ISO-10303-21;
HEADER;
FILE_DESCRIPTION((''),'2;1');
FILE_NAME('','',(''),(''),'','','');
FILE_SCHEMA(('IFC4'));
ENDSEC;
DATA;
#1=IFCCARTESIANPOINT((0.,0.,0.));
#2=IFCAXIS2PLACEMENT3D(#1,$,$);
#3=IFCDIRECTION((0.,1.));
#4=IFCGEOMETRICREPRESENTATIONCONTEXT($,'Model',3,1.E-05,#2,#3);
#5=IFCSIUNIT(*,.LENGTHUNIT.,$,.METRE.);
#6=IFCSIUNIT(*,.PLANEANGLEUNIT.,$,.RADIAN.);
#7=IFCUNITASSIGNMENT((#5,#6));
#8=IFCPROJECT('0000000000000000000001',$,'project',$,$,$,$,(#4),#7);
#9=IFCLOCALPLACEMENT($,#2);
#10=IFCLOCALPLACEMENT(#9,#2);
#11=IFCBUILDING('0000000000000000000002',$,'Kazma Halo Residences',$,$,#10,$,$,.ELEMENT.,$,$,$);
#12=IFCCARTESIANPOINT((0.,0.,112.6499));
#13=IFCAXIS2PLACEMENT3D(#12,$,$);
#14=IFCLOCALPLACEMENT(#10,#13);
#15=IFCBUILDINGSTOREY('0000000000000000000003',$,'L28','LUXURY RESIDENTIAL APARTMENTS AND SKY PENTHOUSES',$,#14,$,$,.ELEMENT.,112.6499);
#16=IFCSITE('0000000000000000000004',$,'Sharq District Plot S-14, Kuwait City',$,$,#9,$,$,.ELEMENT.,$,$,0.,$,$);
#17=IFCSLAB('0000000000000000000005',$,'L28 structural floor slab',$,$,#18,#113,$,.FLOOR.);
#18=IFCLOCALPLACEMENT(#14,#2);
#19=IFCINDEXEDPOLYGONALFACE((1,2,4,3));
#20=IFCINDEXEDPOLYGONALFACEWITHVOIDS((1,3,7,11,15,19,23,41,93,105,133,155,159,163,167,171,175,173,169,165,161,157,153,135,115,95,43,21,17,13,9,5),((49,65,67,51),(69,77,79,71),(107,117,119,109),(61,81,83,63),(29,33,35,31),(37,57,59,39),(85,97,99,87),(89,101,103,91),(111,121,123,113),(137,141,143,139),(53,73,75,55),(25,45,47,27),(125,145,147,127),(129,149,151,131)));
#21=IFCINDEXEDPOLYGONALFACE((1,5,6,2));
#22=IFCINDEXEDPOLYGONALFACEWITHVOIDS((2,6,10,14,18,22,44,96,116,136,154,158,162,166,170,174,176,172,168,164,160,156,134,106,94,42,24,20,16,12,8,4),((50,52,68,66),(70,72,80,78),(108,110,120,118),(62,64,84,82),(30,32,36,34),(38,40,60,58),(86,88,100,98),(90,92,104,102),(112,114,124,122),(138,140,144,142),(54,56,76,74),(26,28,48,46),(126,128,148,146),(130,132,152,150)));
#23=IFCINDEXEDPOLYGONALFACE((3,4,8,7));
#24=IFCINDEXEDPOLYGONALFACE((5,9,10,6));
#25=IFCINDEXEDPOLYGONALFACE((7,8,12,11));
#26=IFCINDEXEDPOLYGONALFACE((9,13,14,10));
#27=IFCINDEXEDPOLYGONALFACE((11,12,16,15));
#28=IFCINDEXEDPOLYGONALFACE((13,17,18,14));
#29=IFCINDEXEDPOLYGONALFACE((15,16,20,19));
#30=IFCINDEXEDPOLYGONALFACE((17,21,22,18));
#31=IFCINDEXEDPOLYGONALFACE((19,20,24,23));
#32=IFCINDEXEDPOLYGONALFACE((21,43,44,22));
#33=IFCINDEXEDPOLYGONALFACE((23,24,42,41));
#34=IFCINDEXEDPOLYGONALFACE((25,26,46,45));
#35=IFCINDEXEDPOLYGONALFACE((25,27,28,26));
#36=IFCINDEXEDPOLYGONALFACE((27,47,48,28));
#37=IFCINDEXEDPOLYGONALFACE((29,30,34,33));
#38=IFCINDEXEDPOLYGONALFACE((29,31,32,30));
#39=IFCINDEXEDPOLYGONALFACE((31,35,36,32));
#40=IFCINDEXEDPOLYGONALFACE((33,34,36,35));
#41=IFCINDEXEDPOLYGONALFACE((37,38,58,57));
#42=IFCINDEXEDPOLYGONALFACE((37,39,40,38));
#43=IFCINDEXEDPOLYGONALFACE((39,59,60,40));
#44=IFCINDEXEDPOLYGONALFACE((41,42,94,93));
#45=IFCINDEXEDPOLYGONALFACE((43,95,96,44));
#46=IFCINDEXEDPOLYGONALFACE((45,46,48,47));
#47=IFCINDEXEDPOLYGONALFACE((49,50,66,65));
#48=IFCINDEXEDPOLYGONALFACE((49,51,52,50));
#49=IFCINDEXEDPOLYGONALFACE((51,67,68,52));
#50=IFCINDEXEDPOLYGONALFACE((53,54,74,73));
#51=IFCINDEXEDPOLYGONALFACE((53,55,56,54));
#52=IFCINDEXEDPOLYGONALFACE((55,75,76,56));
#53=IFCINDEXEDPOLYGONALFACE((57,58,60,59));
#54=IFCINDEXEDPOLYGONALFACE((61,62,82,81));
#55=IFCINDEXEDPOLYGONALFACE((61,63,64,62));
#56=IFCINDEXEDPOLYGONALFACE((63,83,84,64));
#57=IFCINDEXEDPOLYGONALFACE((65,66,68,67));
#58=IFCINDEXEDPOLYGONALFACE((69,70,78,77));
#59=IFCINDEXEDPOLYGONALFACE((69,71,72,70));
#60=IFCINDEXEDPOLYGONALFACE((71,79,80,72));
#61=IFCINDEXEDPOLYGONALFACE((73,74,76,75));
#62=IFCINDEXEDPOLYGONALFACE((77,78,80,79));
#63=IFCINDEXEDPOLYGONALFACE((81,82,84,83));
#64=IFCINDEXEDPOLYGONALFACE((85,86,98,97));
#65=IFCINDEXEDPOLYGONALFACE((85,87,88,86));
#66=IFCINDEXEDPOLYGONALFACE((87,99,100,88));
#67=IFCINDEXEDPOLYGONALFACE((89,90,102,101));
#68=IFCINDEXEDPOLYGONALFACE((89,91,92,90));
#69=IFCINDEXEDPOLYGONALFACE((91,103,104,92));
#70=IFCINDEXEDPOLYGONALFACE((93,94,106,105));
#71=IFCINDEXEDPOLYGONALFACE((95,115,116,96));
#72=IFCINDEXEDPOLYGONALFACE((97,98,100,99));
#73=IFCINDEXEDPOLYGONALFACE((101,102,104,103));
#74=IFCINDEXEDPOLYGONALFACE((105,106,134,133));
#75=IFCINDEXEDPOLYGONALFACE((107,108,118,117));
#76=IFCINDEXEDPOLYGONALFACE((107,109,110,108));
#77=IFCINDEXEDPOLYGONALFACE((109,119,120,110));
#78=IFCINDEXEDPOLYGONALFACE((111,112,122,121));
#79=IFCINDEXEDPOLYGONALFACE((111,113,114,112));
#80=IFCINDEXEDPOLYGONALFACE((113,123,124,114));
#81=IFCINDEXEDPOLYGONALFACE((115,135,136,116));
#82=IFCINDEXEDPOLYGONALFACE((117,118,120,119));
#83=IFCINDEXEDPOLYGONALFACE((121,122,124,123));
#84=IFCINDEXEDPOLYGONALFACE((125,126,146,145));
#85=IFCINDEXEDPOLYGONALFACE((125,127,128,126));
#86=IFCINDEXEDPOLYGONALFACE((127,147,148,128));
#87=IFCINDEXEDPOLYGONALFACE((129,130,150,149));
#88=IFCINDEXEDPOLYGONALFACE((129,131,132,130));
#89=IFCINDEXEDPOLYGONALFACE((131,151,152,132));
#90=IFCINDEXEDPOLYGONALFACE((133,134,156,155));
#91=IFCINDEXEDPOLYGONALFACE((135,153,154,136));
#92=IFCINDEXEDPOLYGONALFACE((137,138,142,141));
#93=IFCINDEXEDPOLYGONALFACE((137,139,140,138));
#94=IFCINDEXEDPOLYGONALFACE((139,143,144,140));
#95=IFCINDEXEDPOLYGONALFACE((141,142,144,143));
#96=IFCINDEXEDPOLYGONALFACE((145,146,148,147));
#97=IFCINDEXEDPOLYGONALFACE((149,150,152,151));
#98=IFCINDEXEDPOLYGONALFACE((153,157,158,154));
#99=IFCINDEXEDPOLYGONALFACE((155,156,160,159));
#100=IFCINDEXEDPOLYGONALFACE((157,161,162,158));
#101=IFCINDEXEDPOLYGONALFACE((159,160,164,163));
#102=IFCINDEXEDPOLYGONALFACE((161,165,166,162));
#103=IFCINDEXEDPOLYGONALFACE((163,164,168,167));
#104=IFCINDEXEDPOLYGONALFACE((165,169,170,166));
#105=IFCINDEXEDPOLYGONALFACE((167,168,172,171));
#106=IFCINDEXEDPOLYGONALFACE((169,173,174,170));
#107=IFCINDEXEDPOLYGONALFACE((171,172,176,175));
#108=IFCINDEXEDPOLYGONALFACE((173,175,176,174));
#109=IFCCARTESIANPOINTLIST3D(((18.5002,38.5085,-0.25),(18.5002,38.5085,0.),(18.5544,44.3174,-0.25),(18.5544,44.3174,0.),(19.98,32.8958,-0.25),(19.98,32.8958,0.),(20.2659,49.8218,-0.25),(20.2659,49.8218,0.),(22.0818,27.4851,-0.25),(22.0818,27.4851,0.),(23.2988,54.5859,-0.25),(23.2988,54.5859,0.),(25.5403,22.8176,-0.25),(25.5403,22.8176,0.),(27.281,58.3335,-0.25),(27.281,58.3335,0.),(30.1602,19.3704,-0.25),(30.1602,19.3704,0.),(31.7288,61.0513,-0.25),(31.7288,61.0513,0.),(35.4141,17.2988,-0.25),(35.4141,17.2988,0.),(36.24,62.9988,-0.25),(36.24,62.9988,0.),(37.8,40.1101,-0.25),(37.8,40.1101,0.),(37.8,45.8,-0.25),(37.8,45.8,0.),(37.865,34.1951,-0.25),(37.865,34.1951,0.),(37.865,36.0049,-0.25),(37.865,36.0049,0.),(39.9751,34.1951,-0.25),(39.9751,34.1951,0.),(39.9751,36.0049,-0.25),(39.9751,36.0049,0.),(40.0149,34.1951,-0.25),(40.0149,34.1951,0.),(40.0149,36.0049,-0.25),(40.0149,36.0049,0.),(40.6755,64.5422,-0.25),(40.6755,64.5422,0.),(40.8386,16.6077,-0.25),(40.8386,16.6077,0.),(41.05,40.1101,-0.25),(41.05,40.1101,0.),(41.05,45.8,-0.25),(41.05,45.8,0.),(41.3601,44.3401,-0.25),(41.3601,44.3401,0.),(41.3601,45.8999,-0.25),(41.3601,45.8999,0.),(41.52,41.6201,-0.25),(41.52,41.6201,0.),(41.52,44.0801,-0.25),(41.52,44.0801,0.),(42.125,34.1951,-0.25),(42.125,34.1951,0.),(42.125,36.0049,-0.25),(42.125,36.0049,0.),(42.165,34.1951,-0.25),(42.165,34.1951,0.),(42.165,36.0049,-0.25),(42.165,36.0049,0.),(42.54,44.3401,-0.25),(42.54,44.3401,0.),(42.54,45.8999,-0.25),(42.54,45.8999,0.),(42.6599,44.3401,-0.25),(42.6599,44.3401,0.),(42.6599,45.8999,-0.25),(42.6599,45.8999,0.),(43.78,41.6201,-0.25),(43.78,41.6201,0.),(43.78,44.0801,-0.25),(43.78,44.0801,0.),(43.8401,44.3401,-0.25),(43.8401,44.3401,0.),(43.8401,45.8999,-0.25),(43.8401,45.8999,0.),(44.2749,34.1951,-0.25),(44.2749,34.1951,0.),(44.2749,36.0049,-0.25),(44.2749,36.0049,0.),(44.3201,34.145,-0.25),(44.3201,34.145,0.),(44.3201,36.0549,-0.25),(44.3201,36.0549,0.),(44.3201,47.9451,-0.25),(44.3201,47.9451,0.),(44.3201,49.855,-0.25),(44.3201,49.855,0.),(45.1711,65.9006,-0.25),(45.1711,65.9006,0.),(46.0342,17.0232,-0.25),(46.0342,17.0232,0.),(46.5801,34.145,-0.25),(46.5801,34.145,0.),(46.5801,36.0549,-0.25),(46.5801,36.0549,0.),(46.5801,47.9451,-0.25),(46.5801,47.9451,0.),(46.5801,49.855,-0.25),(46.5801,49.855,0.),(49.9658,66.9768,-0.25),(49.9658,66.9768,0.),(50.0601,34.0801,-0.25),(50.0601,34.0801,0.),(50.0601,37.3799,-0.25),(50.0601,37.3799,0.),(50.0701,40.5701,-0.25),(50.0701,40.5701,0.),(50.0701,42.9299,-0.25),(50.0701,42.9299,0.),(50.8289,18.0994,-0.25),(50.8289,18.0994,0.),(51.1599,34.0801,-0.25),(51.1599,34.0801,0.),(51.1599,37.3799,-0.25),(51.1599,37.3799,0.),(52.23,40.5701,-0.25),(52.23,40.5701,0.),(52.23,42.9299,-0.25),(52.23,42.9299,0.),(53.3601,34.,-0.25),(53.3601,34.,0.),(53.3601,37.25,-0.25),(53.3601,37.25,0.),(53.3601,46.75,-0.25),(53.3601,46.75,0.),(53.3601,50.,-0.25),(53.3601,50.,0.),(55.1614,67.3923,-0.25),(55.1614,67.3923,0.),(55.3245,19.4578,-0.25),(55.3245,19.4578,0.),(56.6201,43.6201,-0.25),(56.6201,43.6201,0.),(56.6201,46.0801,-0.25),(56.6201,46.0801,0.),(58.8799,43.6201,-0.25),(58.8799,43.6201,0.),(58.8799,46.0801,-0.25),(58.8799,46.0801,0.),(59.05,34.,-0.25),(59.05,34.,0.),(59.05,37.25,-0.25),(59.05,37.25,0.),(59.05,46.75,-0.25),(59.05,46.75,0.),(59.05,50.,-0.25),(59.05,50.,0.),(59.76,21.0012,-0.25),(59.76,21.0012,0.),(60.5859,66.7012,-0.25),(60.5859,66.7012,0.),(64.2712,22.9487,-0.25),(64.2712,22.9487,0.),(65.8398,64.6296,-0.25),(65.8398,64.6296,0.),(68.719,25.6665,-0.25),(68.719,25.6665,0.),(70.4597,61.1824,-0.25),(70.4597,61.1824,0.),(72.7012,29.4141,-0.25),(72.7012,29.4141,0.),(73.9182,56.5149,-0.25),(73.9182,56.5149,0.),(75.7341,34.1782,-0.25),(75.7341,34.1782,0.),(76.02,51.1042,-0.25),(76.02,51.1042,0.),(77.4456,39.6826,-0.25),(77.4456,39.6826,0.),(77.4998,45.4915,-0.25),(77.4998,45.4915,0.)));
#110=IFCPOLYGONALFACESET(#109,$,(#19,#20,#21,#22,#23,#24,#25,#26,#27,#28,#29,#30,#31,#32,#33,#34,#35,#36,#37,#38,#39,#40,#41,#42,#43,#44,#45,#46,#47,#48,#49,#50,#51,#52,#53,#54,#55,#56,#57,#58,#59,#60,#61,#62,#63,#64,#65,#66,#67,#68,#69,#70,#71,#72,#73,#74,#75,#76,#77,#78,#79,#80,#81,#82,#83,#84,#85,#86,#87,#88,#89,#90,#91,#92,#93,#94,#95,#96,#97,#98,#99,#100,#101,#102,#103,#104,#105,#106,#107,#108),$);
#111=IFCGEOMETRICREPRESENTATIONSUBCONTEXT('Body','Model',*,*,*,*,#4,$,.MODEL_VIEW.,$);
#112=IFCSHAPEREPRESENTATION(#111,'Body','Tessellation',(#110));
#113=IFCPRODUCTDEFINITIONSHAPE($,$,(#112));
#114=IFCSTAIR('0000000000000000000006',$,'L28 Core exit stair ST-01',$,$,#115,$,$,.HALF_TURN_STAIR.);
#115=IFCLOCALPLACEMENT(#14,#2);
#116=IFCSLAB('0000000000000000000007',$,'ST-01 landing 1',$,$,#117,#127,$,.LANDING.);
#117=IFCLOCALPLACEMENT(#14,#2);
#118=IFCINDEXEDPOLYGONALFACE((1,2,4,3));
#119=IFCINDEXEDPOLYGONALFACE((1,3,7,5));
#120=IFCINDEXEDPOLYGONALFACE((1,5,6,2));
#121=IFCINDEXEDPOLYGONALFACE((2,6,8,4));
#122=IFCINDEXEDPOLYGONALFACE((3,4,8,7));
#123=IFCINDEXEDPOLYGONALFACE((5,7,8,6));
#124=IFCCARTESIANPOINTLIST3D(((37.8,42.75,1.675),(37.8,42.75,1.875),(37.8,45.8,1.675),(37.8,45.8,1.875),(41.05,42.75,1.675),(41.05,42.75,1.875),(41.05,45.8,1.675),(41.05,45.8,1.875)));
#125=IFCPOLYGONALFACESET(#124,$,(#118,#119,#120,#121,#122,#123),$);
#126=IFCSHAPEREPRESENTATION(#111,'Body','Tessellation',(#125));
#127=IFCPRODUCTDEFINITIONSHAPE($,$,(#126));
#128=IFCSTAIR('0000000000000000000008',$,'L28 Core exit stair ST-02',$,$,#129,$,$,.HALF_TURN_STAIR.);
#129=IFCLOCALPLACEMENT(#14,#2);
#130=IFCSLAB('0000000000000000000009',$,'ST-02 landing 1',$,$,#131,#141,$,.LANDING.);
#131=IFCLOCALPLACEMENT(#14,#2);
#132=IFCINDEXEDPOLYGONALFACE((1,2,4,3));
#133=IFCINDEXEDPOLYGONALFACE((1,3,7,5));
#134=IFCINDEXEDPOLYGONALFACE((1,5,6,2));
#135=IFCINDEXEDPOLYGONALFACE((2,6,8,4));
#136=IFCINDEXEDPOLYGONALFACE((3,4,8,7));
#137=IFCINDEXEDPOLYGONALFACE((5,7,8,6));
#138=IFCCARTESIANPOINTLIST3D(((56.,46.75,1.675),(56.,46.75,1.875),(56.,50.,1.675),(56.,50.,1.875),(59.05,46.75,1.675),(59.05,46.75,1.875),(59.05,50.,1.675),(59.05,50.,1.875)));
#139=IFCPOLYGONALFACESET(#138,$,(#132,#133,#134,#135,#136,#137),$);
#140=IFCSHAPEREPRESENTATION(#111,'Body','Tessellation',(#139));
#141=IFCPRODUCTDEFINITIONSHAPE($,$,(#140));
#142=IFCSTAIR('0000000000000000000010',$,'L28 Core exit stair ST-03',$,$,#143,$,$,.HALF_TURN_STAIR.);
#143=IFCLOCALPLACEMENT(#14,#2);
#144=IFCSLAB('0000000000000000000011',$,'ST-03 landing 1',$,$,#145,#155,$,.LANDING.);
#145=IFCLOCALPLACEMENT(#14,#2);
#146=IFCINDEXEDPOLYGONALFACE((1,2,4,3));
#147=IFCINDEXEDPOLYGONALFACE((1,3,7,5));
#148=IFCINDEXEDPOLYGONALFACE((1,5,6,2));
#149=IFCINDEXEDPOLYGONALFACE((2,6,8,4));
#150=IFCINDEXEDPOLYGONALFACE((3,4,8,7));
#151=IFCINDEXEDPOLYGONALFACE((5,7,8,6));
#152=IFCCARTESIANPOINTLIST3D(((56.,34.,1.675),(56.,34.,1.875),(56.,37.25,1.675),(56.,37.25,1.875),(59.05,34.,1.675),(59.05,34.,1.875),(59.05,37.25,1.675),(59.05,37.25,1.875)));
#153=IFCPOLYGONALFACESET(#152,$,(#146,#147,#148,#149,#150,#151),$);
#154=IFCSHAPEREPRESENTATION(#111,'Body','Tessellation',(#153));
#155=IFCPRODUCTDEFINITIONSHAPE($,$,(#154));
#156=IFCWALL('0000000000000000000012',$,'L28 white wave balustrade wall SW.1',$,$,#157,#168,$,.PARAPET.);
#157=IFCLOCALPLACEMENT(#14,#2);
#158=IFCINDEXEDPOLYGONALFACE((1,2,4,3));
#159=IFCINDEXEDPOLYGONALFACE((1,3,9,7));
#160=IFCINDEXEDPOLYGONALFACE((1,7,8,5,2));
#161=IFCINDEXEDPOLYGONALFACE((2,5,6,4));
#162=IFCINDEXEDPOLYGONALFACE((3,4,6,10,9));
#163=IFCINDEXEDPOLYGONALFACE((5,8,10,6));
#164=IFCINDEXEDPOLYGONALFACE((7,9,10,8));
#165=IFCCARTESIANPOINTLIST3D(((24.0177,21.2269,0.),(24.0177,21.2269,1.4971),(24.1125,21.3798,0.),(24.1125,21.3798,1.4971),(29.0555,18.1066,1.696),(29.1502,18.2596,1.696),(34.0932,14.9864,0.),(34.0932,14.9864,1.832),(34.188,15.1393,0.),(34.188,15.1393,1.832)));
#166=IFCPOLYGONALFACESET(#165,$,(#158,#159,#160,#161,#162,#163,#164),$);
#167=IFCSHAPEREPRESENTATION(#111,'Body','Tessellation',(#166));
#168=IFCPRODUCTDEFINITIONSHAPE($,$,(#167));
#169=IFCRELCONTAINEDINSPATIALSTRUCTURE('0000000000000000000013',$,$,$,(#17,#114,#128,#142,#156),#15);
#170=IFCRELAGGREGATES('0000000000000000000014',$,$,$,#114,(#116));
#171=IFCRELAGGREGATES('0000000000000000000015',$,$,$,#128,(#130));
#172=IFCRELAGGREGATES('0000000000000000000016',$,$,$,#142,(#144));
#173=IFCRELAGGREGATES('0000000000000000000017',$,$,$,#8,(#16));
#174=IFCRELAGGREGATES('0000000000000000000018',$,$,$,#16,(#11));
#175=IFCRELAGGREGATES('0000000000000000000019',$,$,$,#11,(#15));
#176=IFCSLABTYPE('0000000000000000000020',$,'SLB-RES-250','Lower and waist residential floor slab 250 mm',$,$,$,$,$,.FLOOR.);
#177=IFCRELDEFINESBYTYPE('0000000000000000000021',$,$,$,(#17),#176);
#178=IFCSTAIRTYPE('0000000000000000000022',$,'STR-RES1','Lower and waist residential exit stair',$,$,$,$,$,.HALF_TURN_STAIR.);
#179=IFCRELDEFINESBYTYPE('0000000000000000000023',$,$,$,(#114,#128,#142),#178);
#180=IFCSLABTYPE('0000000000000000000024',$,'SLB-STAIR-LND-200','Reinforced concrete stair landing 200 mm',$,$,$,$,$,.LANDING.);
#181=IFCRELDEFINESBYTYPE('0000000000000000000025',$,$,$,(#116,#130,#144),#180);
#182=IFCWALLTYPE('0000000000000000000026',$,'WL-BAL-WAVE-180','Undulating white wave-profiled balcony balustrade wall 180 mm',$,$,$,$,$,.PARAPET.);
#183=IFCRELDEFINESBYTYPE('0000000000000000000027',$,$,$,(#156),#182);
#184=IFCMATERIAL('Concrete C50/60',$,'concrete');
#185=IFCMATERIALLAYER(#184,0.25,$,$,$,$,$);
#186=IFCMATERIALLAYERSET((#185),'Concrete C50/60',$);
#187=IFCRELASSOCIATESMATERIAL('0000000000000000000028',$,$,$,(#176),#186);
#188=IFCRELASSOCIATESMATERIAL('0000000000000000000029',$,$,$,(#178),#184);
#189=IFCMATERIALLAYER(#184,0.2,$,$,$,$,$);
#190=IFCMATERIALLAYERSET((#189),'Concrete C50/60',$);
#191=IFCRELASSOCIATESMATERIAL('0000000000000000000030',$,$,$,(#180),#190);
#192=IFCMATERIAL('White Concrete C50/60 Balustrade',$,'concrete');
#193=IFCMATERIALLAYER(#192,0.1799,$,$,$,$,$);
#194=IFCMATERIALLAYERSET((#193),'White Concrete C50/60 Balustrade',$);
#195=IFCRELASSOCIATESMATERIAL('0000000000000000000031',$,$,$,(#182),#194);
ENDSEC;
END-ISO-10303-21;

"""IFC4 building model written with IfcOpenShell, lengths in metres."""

from ifc_helpers import new_model, si_unit, direction, frame, origin, place, context, subcontext, project, spatial, polyline, outline, extrude, material, layer, layer_set, type_object, element, aggregate, save


model = new_model("IFC4")

# Units and contexts
model_context = context("Model", 3, precision=1e-05, world=origin(), true_north=direction((0.0, 1.0)))
body_context = subcontext(model_context, "Body", "Model", "MODEL_VIEW")
ifc_project = project(units=[si_unit("LENGTHUNIT", "METRE"), si_unit("PLANEANGLEUNIT", "RADIAN")], contexts=[model_context])

# Site, building, storey
site_placement = place(None, origin())
site = spatial("IfcSite", under=ifc_project, at=site_placement, Name="Sharq District Plot S-14, Kuwait City", CompositionType="ELEMENT", RefElevation=0.0)
building_placement = place(site_placement, origin())
building = spatial("IfcBuilding", under=site, at=building_placement, Name="Kazma Halo Residences", CompositionType="ELEMENT")
storey_placement = place(building_placement, frame((0.0, 0.0, 112.6499)))
storey = spatial("IfcBuildingStorey", under=building, at=storey_placement, Name="L28", Description="LUXURY RESIDENTIAL APARTMENTS AND SKY PENTHOUSES", CompositionType="ELEMENT", Elevation=112.6499)

# Slab
ifc_material_1 = material(Name="Concrete C50/60", Category="concrete")
ifc_layer_1 = layer(ifc_material_1, 0.25)
ifc_layer_set_1 = layer_set([ifc_layer_1], Name="Concrete C50/60")
slab_type_1 = type_object("IfcSlabType", Name="SLB-RES-250", Description="Lower and waist residential floor slab 250 mm", PredefinedType="FLOOR", material=ifc_layer_set_1)
slab_1_placement = place(storey_placement, frame((0.0, 0.0, -0.25)))
element("IfcSlab", 1, at=slab_1_placement, inside=storey, type_object=slab_type_1, Name="L28 structural floor slab", PredefinedType="FLOOR", context=body_context, shape_type="SweptSolid", body=[
    extrude(outline(polyline([(76.02, 51.1042), (73.9182, 56.5149), (70.4597, 61.1824), (65.8398, 64.6296), (60.5859, 66.7012), (55.1614, 67.3923), (49.9658, 66.9768), (45.1711, 65.9006), (40.6755, 64.5422), (36.24, 62.9988), (31.7288, 61.0513), (27.281, 58.3335), (23.2988, 54.5859), (20.2659, 49.8218), (18.5544, 44.3174), (18.5002, 38.5085), (19.98, 32.8958), (22.0818, 27.4851), (25.5403, 22.8176), (30.1602, 19.3704), (35.4141, 17.2988), (40.8386, 16.6077), (46.0342, 17.0232), (50.8289, 18.0994), (55.3245, 19.4578), (59.76, 21.0012), (64.2712, 22.9487), (68.719, 25.6665), (72.7012, 29.4141), (75.7341, 34.1782), (77.4456, 39.6826), (77.4998, 45.4915), (76.02, 51.1042)]), holes=[polyline([(37.8, 40.1101), (41.05, 40.1101), (41.05, 45.8), (37.8, 45.8), (37.8, 40.1101)]), polyline([(53.3601, 46.75), (59.05, 46.75), (59.05, 50.0), (53.3601, 50.0), (53.3601, 46.75)]), polyline([(53.3601, 34.0), (59.05, 34.0), (59.05, 37.25), (53.3601, 37.25), (53.3601, 34.0)]), polyline([(41.52, 41.6201), (43.78, 41.6201), (43.78, 44.0801), (41.52, 44.0801), (41.52, 41.6201)]), polyline([(56.6201, 43.6201), (58.8799, 43.6201), (58.8799, 46.0801), (56.6201, 46.0801), (56.6201, 43.6201)]), polyline([(37.865, 34.1951), (39.9751, 34.1951), (39.9751, 36.0049), (37.865, 36.0049), (37.865, 34.1951)]), polyline([(40.0149, 34.1951), (42.125, 34.1951), (42.125, 36.0049), (40.0149, 36.0049), (40.0149, 34.1951)]), polyline([(42.165, 34.1951), (44.2749, 34.1951), (44.2749, 36.0049), (42.165, 36.0049), (42.165, 34.1951)]), polyline([(44.3201, 47.9451), (46.5801, 47.9451), (46.5801, 49.855), (44.3201, 49.855), (44.3201, 47.9451)]), polyline([(44.3201, 34.145), (46.5801, 34.145), (46.5801, 36.0549), (44.3201, 36.0549), (44.3201, 34.145)]), polyline([(50.0701, 40.5701), (52.23, 40.5701), (52.23, 42.9299), (50.0701, 42.9299), (50.0701, 40.5701)]), polyline([(41.3601, 44.3401), (42.54, 44.3401), (42.54, 45.8999), (41.3601, 45.8999), (41.3601, 44.3401)]), polyline([(42.6599, 44.3401), (43.8401, 44.3401), (43.8401, 45.8999), (42.6599, 45.8999), (42.6599, 44.3401)]), polyline([(50.0601, 34.0801), (51.1599, 34.0801), (51.1599, 37.3799), (50.0601, 37.3799), (50.0601, 34.0801)])]), origin(), (0.0, 0.0, 1.0), 0.25),
])

# Stairs, slabs
stair_type = type_object("IfcStairType", Name="STR-RES1", Description="Lower and waist residential exit stair", PredefinedType="HALF_TURN_STAIR", material=ifc_material_1)
stair_1_placement = place(storey_placement, origin())
stair_1 = element("IfcStair", 2, at=stair_1_placement, inside=storey, type_object=stair_type, Name="L28 Core exit stair ST-01", PredefinedType="HALF_TURN_STAIR")
ifc_layer_2 = layer(ifc_material_1, 0.2)
ifc_layer_set_2 = layer_set([ifc_layer_2], Name="Concrete C50/60")
slab_type_2 = type_object("IfcSlabType", Name="SLB-STAIR-LND-200", Description="Reinforced concrete stair landing 200 mm", PredefinedType="LANDING", material=ifc_layer_set_2)
slab_2_placement = place(storey_placement, frame((0.0, 0.0, 1.675)))
slab_2 = element("IfcSlab", 3, at=slab_2_placement, type_object=slab_type_2, Name="ST-01 landing 1", PredefinedType="LANDING", context=body_context, shape_type="SweptSolid", body=[
    extrude(outline(polyline([(41.05, 42.75), (41.05, 45.8), (37.8, 45.8), (37.8, 42.75), (41.05, 42.75)])), origin(), (0.0, 0.0, 1.0), 0.2),
])
aggregate(stair_1, [slab_2])
stair_2_placement = place(storey_placement, origin())
stair_2 = element("IfcStair", 4, at=stair_2_placement, inside=storey, type_object=stair_type, Name="L28 Core exit stair ST-02", PredefinedType="HALF_TURN_STAIR")
slab_3_placement = place(storey_placement, frame((0.0, 0.0, 1.675)))
slab_3 = element("IfcSlab", 5, at=slab_3_placement, type_object=slab_type_2, Name="ST-02 landing 1", PredefinedType="LANDING", context=body_context, shape_type="SweptSolid", body=[
    extrude(outline(polyline([(56.0, 46.75), (59.05, 46.75), (59.05, 50.0), (56.0, 50.0), (56.0, 46.75)])), origin(), (0.0, 0.0, 1.0), 0.2),
])
aggregate(stair_2, [slab_3])
stair_3_placement = place(storey_placement, origin())
stair_3 = element("IfcStair", 6, at=stair_3_placement, inside=storey, type_object=stair_type, Name="L28 Core exit stair ST-03", PredefinedType="HALF_TURN_STAIR")
slab_4_placement = place(storey_placement, frame((0.0, 0.0, 1.675)))
slab_4 = element("IfcSlab", 7, at=slab_4_placement, type_object=slab_type_2, Name="ST-03 landing 1", PredefinedType="LANDING", context=body_context, shape_type="SweptSolid", body=[
    extrude(outline(polyline([(56.0, 34.0), (59.05, 34.0), (59.05, 37.25), (56.0, 37.25), (56.0, 34.0)])), origin(), (0.0, 0.0, 1.0), 0.2),
])
aggregate(stair_3, [slab_4])

# Wall
ifc_material_2 = material(Name="White Concrete C50/60 Balustrade", Category="concrete")
ifc_layer_3 = layer(ifc_material_2, 0.1799)
ifc_layer_set_3 = layer_set([ifc_layer_3], Name="White Concrete C50/60 Balustrade")
wall_type_1 = type_object("IfcWallType", Name="WL-BAL-WAVE-180", Description="Undulating white wave-profiled balcony balustrade wall 180 mm", PredefinedType="PARAPET", material=ifc_layer_set_3)
wall_1_placement = place(storey_placement, frame((24.0652, 21.3035, 0.0), z_axis=(0.0, 0.0, 1.0), x_axis=(0.85014, -0.526556, 0.0)))
element("IfcWall", 8, at=wall_1_placement, inside=storey, type_object=wall_type_1, Name="L28 white wave balustrade wall SW.1", PredefinedType="PARAPET", context=body_context, shape_type="SweptSolid", body=[
    extrude(outline(polyline([(0.0, 0.0), (11.8516, 0.0), (11.8516, 1.832), (5.9258, 1.696), (0.0, 1.4971), (0.0, 0.0)])), frame((0.0, 0.0898, 0.0), z_axis=(0.0, -1.0, 0.0), x_axis=(1.0, 0.0, 0.0)), (0.0, 0.0, 1.0), 0.1799),
])

save(model, "model.ifc")
